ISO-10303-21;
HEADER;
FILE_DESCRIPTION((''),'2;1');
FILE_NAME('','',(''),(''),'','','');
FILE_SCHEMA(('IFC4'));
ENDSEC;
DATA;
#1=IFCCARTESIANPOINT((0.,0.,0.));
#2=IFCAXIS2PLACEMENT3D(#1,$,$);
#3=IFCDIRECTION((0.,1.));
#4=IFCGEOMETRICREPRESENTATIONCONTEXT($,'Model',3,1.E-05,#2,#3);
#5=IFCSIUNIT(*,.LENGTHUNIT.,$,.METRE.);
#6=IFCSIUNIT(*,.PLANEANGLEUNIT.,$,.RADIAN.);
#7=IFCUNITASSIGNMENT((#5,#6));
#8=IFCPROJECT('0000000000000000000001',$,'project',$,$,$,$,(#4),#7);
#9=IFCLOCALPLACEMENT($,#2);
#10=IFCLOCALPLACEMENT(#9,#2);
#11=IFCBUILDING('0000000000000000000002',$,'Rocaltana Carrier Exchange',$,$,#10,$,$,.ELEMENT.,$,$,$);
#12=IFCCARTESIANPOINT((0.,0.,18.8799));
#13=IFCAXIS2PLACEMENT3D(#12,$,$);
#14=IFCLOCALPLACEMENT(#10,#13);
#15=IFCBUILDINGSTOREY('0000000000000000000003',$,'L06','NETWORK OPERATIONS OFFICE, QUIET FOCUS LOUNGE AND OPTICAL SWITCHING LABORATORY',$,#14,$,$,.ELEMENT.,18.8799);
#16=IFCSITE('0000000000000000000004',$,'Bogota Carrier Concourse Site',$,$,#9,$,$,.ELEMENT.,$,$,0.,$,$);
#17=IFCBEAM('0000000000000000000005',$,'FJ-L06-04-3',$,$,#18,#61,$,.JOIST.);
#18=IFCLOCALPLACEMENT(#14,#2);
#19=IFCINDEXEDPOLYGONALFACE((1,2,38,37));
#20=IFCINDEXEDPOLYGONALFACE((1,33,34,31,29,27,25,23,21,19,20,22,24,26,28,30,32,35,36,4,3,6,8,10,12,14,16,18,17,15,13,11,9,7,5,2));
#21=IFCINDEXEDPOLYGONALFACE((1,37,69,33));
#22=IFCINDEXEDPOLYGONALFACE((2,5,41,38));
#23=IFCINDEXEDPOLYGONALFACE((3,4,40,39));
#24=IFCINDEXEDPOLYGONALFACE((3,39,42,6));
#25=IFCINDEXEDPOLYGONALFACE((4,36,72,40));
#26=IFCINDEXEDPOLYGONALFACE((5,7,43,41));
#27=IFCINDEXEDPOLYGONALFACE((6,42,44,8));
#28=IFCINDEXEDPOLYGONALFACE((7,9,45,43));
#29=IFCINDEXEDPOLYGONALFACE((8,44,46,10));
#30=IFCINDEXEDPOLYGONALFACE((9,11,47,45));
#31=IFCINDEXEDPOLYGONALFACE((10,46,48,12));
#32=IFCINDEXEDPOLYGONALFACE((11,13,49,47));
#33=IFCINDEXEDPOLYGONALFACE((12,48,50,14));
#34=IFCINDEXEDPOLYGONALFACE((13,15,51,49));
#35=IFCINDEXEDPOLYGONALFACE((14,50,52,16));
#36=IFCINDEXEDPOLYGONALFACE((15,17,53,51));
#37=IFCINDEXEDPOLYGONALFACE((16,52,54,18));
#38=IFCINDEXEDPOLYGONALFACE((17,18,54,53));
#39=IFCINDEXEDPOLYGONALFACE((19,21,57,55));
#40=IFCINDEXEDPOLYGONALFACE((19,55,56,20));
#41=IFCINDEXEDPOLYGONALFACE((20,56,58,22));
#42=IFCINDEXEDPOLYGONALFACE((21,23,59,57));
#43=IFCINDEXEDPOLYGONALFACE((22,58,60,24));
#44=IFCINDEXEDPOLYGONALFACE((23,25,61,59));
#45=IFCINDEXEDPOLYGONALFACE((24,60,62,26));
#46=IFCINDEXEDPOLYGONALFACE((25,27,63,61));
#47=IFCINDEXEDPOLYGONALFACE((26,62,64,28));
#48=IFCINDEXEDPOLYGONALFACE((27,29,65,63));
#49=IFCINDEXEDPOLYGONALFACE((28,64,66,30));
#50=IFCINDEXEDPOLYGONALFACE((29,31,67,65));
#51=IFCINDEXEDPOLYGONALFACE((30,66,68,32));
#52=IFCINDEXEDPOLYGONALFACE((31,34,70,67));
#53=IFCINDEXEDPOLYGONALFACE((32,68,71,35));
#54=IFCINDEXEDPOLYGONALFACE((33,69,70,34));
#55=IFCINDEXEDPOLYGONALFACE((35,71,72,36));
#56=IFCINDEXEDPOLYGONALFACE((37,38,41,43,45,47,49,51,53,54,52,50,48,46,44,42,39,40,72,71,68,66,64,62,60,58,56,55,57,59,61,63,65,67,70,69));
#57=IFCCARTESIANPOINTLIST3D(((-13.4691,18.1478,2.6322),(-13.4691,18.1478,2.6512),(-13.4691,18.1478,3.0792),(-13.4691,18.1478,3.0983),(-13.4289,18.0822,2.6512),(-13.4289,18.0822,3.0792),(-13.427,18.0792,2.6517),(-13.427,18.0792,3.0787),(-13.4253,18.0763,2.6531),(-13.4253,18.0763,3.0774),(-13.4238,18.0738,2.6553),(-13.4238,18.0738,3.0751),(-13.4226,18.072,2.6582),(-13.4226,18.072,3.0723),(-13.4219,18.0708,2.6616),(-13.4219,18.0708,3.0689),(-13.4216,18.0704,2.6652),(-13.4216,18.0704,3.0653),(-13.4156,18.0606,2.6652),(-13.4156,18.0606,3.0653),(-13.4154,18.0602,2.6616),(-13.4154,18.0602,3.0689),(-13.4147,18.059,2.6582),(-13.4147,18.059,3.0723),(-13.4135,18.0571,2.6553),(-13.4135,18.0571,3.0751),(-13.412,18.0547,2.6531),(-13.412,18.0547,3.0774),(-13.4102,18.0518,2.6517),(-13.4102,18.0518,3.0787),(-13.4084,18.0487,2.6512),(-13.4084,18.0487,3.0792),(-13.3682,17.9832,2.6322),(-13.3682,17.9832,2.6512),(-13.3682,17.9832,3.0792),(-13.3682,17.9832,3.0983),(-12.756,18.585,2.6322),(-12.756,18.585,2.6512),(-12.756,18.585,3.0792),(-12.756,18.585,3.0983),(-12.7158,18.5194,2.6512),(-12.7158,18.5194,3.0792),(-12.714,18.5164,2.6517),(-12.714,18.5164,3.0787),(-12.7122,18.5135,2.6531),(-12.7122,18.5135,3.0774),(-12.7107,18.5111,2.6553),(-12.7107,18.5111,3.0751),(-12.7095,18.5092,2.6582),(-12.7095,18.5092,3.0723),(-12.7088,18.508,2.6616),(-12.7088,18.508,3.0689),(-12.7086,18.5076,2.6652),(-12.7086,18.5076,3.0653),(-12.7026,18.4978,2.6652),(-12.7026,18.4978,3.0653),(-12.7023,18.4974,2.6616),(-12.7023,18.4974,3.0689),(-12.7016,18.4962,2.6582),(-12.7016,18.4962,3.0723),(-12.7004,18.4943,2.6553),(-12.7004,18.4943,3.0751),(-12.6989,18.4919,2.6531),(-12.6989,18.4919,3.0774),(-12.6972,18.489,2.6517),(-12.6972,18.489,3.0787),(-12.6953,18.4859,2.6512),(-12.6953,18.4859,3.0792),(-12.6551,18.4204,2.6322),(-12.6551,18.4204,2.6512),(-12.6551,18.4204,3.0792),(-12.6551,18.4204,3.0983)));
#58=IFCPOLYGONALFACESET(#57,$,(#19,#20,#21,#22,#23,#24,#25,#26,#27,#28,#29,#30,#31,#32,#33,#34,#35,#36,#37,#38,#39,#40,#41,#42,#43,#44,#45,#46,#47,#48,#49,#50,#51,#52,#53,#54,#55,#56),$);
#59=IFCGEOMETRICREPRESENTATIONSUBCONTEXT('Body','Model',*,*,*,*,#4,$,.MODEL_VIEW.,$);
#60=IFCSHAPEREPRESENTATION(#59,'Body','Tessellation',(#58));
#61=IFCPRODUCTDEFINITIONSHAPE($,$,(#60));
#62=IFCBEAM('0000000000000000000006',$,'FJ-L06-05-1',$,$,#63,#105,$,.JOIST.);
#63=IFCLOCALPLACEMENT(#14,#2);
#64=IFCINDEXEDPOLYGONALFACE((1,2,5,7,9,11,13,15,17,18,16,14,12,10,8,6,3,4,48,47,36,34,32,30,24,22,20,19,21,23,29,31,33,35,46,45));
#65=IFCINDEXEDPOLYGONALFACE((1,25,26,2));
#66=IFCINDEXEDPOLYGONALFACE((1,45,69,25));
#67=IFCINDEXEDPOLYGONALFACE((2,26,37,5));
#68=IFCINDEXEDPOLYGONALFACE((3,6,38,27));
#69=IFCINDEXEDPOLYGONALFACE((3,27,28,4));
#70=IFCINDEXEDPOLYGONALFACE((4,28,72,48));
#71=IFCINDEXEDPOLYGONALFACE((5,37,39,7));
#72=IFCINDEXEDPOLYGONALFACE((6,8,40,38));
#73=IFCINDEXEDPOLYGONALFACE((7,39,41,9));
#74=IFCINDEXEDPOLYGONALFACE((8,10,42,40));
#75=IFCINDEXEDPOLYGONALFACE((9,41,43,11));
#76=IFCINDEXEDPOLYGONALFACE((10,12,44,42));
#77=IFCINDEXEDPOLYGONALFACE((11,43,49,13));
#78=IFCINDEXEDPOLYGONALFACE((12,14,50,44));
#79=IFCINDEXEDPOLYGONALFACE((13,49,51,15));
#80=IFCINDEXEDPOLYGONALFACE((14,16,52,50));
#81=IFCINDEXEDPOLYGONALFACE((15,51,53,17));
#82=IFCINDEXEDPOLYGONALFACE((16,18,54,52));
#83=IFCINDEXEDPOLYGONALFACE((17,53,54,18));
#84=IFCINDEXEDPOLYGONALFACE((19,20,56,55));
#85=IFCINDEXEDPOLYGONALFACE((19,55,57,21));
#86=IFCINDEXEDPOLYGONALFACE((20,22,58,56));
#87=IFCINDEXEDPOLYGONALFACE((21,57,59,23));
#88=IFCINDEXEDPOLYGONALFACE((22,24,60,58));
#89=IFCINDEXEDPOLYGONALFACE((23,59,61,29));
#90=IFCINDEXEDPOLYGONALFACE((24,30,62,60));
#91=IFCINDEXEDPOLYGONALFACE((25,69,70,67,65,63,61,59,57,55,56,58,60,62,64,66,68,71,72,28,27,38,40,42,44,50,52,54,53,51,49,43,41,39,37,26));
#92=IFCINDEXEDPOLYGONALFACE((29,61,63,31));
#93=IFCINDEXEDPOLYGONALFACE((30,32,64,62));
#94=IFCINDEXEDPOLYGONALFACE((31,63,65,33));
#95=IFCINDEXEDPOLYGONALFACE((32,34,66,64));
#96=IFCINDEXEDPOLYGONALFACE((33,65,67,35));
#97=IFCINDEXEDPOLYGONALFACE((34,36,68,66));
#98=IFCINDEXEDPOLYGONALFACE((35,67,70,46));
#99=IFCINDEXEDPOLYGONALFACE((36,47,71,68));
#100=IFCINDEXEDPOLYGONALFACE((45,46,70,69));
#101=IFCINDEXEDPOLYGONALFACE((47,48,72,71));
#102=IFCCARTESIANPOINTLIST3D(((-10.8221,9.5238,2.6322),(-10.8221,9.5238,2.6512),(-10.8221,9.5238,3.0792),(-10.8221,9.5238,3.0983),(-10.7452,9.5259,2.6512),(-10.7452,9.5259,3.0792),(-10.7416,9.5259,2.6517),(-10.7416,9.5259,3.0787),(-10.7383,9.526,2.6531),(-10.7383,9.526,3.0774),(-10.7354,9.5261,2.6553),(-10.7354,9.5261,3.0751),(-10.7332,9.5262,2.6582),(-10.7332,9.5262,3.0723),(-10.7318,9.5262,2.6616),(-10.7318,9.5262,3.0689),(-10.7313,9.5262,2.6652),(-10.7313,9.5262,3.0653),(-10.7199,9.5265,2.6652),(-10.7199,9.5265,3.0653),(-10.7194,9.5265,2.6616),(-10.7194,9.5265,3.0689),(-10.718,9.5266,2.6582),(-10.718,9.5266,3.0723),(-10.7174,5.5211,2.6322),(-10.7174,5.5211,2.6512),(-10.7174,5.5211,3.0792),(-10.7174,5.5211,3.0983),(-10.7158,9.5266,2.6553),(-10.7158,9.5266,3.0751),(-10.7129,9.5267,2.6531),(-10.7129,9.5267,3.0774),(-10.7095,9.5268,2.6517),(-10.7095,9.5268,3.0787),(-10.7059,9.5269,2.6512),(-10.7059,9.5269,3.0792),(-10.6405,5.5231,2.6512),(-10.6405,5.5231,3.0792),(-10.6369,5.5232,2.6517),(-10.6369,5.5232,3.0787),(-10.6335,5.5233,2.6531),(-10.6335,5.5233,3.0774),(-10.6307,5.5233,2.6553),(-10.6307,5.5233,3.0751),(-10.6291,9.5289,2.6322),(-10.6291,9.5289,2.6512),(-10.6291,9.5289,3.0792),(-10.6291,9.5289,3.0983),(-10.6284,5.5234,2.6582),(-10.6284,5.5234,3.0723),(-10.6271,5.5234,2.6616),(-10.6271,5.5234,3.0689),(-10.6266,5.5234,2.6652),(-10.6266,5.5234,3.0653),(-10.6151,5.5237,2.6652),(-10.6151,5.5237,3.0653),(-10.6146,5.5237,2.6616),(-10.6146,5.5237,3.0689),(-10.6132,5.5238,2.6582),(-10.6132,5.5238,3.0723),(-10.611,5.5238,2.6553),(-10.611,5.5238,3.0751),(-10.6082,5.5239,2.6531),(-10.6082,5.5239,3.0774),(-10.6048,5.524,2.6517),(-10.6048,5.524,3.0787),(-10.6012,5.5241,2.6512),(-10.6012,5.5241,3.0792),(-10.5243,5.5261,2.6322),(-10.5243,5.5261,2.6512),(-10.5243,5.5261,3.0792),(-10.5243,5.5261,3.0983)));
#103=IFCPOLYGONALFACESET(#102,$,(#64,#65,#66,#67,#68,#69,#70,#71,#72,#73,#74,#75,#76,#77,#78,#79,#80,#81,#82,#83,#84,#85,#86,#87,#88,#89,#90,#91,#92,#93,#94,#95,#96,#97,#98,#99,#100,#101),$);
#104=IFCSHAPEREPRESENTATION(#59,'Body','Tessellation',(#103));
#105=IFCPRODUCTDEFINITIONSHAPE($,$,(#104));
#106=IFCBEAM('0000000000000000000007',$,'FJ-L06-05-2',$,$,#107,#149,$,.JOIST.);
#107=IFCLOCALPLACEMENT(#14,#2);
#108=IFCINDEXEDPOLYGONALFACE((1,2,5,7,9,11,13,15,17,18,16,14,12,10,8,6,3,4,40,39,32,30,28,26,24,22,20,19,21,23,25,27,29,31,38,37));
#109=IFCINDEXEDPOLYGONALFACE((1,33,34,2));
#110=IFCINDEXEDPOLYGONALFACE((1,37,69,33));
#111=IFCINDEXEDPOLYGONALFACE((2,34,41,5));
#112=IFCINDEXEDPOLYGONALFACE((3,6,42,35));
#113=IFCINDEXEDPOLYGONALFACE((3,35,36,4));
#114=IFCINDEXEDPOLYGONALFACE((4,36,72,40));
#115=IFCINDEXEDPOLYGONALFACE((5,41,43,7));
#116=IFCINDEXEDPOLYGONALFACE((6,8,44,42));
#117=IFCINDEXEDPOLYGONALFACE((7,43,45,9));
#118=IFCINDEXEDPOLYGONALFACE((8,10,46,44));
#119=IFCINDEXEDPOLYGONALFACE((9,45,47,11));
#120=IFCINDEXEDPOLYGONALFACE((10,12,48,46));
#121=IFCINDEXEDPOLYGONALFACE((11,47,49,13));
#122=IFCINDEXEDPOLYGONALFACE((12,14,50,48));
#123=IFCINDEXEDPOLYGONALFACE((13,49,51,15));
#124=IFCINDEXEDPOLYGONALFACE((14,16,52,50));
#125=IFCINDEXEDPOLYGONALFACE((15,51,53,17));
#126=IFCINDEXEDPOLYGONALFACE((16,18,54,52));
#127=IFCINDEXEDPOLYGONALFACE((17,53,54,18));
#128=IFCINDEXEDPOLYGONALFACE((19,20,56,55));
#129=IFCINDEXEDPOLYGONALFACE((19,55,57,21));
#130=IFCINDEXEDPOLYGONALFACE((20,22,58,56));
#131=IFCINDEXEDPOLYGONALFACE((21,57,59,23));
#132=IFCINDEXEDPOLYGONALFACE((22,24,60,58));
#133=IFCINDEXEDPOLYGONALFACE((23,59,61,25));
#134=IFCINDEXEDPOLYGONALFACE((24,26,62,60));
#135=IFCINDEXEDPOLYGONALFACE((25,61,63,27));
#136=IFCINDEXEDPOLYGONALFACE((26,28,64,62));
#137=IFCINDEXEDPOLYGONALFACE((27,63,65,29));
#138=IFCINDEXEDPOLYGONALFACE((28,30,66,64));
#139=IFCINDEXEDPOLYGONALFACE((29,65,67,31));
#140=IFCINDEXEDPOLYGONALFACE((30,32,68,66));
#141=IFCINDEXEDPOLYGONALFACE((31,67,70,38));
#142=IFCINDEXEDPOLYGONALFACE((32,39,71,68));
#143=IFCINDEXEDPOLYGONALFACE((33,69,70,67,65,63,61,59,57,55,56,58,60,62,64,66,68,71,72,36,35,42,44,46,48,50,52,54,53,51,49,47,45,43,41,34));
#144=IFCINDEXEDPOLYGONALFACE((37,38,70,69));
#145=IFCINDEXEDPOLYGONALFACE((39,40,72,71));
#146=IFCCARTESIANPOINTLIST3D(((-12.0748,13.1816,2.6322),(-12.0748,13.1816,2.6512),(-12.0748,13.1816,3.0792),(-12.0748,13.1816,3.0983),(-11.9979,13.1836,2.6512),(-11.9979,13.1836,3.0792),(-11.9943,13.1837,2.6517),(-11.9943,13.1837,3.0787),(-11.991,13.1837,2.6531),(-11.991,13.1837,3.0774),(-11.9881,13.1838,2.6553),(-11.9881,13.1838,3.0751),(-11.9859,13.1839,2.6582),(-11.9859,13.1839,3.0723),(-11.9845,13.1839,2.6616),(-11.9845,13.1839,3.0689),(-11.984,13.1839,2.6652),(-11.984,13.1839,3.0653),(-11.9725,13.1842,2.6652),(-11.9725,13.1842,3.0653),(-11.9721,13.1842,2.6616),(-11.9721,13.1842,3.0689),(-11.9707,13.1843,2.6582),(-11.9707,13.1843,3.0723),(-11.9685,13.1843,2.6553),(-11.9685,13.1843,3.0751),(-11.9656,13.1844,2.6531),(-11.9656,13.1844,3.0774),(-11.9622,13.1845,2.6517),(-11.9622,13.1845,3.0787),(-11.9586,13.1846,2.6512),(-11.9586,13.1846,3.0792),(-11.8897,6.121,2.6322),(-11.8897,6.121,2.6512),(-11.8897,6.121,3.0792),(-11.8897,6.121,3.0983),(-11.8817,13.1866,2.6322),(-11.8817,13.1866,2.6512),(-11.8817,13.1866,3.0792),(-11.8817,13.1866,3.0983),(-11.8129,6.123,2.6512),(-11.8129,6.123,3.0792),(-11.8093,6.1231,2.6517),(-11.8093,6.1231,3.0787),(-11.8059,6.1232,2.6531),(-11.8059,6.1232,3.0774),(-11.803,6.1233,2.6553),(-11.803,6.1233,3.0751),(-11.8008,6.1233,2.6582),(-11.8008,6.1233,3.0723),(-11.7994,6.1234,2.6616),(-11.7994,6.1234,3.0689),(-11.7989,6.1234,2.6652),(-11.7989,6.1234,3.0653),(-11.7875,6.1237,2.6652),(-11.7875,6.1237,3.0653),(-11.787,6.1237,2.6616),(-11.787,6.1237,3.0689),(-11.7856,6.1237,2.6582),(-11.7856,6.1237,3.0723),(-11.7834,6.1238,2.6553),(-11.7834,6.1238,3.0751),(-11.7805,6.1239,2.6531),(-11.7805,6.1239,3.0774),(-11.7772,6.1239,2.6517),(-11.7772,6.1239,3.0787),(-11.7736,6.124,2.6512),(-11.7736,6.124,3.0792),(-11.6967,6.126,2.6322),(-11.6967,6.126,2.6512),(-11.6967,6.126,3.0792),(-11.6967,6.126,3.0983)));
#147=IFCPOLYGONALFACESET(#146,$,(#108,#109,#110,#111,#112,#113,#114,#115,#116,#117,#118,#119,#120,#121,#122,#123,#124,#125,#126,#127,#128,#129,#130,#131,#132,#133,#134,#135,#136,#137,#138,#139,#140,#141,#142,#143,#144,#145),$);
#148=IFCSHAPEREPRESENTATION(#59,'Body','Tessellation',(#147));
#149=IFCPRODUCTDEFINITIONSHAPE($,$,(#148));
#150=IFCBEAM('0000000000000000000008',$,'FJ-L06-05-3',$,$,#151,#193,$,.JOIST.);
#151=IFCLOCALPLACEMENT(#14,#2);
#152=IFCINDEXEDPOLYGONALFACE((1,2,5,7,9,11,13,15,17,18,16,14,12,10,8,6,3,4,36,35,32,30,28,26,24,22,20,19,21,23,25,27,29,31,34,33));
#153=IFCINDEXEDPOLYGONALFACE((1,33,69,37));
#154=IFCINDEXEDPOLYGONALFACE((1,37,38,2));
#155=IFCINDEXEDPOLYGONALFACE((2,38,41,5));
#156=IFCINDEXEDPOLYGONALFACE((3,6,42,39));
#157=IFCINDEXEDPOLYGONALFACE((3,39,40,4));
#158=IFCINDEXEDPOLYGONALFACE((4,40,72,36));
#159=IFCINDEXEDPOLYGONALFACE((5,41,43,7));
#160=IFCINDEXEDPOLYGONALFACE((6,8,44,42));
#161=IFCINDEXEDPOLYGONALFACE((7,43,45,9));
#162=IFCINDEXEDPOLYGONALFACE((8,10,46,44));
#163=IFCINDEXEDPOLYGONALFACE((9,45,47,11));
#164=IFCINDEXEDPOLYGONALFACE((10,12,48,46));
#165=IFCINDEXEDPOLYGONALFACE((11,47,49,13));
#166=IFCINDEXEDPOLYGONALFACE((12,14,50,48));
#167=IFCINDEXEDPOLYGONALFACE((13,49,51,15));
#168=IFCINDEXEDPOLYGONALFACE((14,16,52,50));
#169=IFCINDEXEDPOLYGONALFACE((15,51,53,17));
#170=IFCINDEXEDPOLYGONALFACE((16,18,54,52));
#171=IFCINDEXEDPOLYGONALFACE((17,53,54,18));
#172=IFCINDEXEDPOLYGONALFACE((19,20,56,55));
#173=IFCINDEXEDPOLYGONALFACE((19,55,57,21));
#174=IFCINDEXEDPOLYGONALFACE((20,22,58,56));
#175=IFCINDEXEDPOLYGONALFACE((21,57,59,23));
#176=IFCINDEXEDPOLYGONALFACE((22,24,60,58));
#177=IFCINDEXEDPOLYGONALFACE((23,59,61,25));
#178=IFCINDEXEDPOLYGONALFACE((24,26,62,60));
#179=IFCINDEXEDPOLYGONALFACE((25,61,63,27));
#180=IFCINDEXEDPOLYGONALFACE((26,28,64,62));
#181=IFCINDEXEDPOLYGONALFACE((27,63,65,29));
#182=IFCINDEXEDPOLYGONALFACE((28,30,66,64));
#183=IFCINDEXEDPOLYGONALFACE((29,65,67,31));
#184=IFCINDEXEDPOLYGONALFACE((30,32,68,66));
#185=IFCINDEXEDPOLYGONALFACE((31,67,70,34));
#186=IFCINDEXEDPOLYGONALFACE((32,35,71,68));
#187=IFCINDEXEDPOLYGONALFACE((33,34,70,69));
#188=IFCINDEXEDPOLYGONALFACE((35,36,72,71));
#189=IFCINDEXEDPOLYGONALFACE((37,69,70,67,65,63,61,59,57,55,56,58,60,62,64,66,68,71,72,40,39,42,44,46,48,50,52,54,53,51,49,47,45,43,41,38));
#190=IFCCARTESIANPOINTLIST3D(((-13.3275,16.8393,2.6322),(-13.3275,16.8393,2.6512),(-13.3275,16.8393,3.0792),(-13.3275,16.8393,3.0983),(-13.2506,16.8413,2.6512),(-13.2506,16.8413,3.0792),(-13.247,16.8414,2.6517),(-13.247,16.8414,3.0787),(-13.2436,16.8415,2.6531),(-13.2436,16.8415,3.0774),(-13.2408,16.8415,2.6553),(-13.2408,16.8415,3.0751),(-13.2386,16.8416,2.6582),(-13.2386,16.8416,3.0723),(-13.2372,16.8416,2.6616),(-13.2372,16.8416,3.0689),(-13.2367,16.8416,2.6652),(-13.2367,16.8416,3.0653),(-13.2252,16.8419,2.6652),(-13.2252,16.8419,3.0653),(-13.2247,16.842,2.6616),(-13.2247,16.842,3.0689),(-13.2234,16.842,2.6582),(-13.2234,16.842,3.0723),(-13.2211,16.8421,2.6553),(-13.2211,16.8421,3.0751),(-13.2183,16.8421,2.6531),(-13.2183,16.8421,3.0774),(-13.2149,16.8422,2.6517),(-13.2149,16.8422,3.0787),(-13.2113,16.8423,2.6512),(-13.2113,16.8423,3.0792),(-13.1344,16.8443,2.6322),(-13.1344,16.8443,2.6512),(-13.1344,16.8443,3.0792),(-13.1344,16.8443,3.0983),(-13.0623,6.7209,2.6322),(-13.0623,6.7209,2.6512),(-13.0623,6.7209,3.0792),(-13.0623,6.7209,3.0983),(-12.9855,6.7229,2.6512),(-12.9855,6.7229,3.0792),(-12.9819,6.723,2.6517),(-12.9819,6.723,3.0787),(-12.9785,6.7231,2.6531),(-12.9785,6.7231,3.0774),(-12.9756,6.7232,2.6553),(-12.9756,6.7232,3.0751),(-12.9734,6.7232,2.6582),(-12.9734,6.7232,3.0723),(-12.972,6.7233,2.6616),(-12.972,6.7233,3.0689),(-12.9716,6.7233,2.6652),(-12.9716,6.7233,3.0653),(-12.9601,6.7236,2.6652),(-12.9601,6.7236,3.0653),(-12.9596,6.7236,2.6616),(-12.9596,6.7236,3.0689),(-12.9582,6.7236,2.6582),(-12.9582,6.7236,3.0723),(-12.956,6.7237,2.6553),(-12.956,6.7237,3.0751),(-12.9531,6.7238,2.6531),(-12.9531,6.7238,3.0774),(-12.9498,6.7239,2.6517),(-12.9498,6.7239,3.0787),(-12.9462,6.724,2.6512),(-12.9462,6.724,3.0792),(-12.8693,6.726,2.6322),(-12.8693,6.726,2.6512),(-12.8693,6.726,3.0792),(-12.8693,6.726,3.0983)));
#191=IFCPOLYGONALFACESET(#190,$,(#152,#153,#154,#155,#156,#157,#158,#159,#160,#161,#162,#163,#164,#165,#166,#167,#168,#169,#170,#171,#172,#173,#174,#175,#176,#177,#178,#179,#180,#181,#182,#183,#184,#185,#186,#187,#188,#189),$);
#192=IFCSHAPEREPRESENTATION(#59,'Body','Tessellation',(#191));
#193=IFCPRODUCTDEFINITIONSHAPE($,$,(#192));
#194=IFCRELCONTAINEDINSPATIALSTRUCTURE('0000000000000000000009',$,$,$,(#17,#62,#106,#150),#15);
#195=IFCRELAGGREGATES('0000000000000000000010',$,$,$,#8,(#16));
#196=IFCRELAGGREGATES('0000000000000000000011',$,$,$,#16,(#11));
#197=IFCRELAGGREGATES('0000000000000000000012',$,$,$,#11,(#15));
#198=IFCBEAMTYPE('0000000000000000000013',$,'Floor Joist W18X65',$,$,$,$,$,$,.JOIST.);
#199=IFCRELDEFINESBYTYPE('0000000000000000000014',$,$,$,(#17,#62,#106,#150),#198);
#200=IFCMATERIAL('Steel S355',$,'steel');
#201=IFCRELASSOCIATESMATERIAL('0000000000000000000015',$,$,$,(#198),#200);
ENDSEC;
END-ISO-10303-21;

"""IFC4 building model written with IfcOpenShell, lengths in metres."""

from ifc_helpers import new_model, si_unit, direction, frame, origin, origin_2d, place, context, subcontext, project, spatial, i_section, extrude, material, material_profile, profile_set, type_object, element, save


model = new_model("IFC4")

# Units and contexts
model_context = context("Model", 3, precision=1e-05, world=origin(), true_north=direction((0.0, 1.0)))
body_context = subcontext(model_context, "Body", "Model", "MODEL_VIEW")
ifc_project = project(units=[si_unit("LENGTHUNIT", "METRE"), si_unit("PLANEANGLEUNIT", "RADIAN")], contexts=[model_context])

# Site, building, storey
site_placement = place(None, origin())
site = spatial("IfcSite", under=ifc_project, at=site_placement, Name="Bogota Carrier Concourse Site", CompositionType="ELEMENT", RefElevation=0.0)
building_placement = place(site_placement, origin())
building = spatial("IfcBuilding", under=site, at=building_placement, Name="Rocaltana Carrier Exchange", CompositionType="ELEMENT")
storey_placement = place(building_placement, frame((0.0, 0.0, 18.8799)))
storey = spatial("IfcBuildingStorey", under=building, at=storey_placement, Name="L06", Description="NETWORK OPERATIONS OFFICE, QUIET FOCUS LOUNGE AND OPTICAL SWITCHING LABORATORY", CompositionType="ELEMENT", Elevation=18.8799)

# Beams
ifc_material_1 = material(Name="Steel S355", Category="steel")
ifc_material_profile_1 = material_profile(ifc_material_1, i_section(OverallWidth=0.1931, OverallDepth=0.4661, WebThickness=0.0115, FlangeThickness=0.019, FilletRadius=0.0139, at=origin_2d()), Name="W18X65")
ifc_profile_set_1 = profile_set([ifc_material_profile_1], Name="Steel S355")
beam_type = type_object("IfcBeamType", Name="Floor Joist W18X65", PredefinedType="JOIST", material=ifc_profile_set_1)
beam_1_placement = place(storey_placement, frame((-12.7056, 18.5027, 2.8652), z_axis=(-0.852509, -0.522713, 0.0), x_axis=(0.522713, -0.852509, 0.0)))
element("IfcBeam", 1, at=beam_1_placement, inside=storey, type_object=beam_type, Name="FJ-L06-04-3", PredefinedType="JOIST", context=body_context, shape_type="SweptSolid", body=[
    extrude(i_section(OverallWidth=0.1931, OverallDepth=0.4661, WebThickness=0.0115, FlangeThickness=0.019, FilletRadius=0.0139, at=origin_2d()), origin(), (0.0, 0.0, 1.0), 0.8364),
])
beam_2_placement = place(storey_placement, frame((-10.7256, 9.5264, 2.8652), z_axis=(0.026158, -0.999658, 0.0), x_axis=(0.999658, 0.026158, 0.0)))
element("IfcBeam", 2, at=beam_2_placement, inside=storey, type_object=beam_type, Name="FJ-L06-05-1", PredefinedType="JOIST", context=body_context, shape_type="SweptSolid", body=[
    extrude(i_section(OverallWidth=0.1931, OverallDepth=0.4661, WebThickness=0.0115, FlangeThickness=0.019, FilletRadius=0.0139, at=origin_2d()), origin(), (0.0, 0.0, 1.0), 4.0042),
])
beam_3_placement = place(storey_placement, frame((-11.9783, 13.1841, 2.8652), z_axis=(0.026201, -0.999657, 0.0), x_axis=(0.999657, 0.026201, 0.0)))
element("IfcBeam", 3, at=beam_3_placement, inside=storey, type_object=beam_type, Name="FJ-L06-05-2", PredefinedType="JOIST", context=body_context, shape_type="SweptSolid", body=[
    extrude(i_section(OverallWidth=0.1931, OverallDepth=0.4661, WebThickness=0.0115, FlangeThickness=0.019, FilletRadius=0.0139, at=origin_2d()), origin(), (0.0, 0.0, 1.0), 7.063),
])
beam_4_placement = place(storey_placement, frame((-13.231, 16.8418, 2.8652), z_axis=(0.026194, -0.999657, 0.0), x_axis=(0.999657, 0.026194, 0.0)))
element("IfcBeam", 4, at=beam_4_placement, inside=storey, type_object=beam_type, Name="FJ-L06-05-3", PredefinedType="JOIST", context=body_context, shape_type="SweptSolid", body=[
    extrude(i_section(OverallWidth=0.1931, OverallDepth=0.4661, WebThickness=0.0115, FlangeThickness=0.019, FilletRadius=0.0139, at=origin_2d()), origin(), (0.0, 0.0, 1.0), 10.1218),
])

save(model, "model.ifc")
